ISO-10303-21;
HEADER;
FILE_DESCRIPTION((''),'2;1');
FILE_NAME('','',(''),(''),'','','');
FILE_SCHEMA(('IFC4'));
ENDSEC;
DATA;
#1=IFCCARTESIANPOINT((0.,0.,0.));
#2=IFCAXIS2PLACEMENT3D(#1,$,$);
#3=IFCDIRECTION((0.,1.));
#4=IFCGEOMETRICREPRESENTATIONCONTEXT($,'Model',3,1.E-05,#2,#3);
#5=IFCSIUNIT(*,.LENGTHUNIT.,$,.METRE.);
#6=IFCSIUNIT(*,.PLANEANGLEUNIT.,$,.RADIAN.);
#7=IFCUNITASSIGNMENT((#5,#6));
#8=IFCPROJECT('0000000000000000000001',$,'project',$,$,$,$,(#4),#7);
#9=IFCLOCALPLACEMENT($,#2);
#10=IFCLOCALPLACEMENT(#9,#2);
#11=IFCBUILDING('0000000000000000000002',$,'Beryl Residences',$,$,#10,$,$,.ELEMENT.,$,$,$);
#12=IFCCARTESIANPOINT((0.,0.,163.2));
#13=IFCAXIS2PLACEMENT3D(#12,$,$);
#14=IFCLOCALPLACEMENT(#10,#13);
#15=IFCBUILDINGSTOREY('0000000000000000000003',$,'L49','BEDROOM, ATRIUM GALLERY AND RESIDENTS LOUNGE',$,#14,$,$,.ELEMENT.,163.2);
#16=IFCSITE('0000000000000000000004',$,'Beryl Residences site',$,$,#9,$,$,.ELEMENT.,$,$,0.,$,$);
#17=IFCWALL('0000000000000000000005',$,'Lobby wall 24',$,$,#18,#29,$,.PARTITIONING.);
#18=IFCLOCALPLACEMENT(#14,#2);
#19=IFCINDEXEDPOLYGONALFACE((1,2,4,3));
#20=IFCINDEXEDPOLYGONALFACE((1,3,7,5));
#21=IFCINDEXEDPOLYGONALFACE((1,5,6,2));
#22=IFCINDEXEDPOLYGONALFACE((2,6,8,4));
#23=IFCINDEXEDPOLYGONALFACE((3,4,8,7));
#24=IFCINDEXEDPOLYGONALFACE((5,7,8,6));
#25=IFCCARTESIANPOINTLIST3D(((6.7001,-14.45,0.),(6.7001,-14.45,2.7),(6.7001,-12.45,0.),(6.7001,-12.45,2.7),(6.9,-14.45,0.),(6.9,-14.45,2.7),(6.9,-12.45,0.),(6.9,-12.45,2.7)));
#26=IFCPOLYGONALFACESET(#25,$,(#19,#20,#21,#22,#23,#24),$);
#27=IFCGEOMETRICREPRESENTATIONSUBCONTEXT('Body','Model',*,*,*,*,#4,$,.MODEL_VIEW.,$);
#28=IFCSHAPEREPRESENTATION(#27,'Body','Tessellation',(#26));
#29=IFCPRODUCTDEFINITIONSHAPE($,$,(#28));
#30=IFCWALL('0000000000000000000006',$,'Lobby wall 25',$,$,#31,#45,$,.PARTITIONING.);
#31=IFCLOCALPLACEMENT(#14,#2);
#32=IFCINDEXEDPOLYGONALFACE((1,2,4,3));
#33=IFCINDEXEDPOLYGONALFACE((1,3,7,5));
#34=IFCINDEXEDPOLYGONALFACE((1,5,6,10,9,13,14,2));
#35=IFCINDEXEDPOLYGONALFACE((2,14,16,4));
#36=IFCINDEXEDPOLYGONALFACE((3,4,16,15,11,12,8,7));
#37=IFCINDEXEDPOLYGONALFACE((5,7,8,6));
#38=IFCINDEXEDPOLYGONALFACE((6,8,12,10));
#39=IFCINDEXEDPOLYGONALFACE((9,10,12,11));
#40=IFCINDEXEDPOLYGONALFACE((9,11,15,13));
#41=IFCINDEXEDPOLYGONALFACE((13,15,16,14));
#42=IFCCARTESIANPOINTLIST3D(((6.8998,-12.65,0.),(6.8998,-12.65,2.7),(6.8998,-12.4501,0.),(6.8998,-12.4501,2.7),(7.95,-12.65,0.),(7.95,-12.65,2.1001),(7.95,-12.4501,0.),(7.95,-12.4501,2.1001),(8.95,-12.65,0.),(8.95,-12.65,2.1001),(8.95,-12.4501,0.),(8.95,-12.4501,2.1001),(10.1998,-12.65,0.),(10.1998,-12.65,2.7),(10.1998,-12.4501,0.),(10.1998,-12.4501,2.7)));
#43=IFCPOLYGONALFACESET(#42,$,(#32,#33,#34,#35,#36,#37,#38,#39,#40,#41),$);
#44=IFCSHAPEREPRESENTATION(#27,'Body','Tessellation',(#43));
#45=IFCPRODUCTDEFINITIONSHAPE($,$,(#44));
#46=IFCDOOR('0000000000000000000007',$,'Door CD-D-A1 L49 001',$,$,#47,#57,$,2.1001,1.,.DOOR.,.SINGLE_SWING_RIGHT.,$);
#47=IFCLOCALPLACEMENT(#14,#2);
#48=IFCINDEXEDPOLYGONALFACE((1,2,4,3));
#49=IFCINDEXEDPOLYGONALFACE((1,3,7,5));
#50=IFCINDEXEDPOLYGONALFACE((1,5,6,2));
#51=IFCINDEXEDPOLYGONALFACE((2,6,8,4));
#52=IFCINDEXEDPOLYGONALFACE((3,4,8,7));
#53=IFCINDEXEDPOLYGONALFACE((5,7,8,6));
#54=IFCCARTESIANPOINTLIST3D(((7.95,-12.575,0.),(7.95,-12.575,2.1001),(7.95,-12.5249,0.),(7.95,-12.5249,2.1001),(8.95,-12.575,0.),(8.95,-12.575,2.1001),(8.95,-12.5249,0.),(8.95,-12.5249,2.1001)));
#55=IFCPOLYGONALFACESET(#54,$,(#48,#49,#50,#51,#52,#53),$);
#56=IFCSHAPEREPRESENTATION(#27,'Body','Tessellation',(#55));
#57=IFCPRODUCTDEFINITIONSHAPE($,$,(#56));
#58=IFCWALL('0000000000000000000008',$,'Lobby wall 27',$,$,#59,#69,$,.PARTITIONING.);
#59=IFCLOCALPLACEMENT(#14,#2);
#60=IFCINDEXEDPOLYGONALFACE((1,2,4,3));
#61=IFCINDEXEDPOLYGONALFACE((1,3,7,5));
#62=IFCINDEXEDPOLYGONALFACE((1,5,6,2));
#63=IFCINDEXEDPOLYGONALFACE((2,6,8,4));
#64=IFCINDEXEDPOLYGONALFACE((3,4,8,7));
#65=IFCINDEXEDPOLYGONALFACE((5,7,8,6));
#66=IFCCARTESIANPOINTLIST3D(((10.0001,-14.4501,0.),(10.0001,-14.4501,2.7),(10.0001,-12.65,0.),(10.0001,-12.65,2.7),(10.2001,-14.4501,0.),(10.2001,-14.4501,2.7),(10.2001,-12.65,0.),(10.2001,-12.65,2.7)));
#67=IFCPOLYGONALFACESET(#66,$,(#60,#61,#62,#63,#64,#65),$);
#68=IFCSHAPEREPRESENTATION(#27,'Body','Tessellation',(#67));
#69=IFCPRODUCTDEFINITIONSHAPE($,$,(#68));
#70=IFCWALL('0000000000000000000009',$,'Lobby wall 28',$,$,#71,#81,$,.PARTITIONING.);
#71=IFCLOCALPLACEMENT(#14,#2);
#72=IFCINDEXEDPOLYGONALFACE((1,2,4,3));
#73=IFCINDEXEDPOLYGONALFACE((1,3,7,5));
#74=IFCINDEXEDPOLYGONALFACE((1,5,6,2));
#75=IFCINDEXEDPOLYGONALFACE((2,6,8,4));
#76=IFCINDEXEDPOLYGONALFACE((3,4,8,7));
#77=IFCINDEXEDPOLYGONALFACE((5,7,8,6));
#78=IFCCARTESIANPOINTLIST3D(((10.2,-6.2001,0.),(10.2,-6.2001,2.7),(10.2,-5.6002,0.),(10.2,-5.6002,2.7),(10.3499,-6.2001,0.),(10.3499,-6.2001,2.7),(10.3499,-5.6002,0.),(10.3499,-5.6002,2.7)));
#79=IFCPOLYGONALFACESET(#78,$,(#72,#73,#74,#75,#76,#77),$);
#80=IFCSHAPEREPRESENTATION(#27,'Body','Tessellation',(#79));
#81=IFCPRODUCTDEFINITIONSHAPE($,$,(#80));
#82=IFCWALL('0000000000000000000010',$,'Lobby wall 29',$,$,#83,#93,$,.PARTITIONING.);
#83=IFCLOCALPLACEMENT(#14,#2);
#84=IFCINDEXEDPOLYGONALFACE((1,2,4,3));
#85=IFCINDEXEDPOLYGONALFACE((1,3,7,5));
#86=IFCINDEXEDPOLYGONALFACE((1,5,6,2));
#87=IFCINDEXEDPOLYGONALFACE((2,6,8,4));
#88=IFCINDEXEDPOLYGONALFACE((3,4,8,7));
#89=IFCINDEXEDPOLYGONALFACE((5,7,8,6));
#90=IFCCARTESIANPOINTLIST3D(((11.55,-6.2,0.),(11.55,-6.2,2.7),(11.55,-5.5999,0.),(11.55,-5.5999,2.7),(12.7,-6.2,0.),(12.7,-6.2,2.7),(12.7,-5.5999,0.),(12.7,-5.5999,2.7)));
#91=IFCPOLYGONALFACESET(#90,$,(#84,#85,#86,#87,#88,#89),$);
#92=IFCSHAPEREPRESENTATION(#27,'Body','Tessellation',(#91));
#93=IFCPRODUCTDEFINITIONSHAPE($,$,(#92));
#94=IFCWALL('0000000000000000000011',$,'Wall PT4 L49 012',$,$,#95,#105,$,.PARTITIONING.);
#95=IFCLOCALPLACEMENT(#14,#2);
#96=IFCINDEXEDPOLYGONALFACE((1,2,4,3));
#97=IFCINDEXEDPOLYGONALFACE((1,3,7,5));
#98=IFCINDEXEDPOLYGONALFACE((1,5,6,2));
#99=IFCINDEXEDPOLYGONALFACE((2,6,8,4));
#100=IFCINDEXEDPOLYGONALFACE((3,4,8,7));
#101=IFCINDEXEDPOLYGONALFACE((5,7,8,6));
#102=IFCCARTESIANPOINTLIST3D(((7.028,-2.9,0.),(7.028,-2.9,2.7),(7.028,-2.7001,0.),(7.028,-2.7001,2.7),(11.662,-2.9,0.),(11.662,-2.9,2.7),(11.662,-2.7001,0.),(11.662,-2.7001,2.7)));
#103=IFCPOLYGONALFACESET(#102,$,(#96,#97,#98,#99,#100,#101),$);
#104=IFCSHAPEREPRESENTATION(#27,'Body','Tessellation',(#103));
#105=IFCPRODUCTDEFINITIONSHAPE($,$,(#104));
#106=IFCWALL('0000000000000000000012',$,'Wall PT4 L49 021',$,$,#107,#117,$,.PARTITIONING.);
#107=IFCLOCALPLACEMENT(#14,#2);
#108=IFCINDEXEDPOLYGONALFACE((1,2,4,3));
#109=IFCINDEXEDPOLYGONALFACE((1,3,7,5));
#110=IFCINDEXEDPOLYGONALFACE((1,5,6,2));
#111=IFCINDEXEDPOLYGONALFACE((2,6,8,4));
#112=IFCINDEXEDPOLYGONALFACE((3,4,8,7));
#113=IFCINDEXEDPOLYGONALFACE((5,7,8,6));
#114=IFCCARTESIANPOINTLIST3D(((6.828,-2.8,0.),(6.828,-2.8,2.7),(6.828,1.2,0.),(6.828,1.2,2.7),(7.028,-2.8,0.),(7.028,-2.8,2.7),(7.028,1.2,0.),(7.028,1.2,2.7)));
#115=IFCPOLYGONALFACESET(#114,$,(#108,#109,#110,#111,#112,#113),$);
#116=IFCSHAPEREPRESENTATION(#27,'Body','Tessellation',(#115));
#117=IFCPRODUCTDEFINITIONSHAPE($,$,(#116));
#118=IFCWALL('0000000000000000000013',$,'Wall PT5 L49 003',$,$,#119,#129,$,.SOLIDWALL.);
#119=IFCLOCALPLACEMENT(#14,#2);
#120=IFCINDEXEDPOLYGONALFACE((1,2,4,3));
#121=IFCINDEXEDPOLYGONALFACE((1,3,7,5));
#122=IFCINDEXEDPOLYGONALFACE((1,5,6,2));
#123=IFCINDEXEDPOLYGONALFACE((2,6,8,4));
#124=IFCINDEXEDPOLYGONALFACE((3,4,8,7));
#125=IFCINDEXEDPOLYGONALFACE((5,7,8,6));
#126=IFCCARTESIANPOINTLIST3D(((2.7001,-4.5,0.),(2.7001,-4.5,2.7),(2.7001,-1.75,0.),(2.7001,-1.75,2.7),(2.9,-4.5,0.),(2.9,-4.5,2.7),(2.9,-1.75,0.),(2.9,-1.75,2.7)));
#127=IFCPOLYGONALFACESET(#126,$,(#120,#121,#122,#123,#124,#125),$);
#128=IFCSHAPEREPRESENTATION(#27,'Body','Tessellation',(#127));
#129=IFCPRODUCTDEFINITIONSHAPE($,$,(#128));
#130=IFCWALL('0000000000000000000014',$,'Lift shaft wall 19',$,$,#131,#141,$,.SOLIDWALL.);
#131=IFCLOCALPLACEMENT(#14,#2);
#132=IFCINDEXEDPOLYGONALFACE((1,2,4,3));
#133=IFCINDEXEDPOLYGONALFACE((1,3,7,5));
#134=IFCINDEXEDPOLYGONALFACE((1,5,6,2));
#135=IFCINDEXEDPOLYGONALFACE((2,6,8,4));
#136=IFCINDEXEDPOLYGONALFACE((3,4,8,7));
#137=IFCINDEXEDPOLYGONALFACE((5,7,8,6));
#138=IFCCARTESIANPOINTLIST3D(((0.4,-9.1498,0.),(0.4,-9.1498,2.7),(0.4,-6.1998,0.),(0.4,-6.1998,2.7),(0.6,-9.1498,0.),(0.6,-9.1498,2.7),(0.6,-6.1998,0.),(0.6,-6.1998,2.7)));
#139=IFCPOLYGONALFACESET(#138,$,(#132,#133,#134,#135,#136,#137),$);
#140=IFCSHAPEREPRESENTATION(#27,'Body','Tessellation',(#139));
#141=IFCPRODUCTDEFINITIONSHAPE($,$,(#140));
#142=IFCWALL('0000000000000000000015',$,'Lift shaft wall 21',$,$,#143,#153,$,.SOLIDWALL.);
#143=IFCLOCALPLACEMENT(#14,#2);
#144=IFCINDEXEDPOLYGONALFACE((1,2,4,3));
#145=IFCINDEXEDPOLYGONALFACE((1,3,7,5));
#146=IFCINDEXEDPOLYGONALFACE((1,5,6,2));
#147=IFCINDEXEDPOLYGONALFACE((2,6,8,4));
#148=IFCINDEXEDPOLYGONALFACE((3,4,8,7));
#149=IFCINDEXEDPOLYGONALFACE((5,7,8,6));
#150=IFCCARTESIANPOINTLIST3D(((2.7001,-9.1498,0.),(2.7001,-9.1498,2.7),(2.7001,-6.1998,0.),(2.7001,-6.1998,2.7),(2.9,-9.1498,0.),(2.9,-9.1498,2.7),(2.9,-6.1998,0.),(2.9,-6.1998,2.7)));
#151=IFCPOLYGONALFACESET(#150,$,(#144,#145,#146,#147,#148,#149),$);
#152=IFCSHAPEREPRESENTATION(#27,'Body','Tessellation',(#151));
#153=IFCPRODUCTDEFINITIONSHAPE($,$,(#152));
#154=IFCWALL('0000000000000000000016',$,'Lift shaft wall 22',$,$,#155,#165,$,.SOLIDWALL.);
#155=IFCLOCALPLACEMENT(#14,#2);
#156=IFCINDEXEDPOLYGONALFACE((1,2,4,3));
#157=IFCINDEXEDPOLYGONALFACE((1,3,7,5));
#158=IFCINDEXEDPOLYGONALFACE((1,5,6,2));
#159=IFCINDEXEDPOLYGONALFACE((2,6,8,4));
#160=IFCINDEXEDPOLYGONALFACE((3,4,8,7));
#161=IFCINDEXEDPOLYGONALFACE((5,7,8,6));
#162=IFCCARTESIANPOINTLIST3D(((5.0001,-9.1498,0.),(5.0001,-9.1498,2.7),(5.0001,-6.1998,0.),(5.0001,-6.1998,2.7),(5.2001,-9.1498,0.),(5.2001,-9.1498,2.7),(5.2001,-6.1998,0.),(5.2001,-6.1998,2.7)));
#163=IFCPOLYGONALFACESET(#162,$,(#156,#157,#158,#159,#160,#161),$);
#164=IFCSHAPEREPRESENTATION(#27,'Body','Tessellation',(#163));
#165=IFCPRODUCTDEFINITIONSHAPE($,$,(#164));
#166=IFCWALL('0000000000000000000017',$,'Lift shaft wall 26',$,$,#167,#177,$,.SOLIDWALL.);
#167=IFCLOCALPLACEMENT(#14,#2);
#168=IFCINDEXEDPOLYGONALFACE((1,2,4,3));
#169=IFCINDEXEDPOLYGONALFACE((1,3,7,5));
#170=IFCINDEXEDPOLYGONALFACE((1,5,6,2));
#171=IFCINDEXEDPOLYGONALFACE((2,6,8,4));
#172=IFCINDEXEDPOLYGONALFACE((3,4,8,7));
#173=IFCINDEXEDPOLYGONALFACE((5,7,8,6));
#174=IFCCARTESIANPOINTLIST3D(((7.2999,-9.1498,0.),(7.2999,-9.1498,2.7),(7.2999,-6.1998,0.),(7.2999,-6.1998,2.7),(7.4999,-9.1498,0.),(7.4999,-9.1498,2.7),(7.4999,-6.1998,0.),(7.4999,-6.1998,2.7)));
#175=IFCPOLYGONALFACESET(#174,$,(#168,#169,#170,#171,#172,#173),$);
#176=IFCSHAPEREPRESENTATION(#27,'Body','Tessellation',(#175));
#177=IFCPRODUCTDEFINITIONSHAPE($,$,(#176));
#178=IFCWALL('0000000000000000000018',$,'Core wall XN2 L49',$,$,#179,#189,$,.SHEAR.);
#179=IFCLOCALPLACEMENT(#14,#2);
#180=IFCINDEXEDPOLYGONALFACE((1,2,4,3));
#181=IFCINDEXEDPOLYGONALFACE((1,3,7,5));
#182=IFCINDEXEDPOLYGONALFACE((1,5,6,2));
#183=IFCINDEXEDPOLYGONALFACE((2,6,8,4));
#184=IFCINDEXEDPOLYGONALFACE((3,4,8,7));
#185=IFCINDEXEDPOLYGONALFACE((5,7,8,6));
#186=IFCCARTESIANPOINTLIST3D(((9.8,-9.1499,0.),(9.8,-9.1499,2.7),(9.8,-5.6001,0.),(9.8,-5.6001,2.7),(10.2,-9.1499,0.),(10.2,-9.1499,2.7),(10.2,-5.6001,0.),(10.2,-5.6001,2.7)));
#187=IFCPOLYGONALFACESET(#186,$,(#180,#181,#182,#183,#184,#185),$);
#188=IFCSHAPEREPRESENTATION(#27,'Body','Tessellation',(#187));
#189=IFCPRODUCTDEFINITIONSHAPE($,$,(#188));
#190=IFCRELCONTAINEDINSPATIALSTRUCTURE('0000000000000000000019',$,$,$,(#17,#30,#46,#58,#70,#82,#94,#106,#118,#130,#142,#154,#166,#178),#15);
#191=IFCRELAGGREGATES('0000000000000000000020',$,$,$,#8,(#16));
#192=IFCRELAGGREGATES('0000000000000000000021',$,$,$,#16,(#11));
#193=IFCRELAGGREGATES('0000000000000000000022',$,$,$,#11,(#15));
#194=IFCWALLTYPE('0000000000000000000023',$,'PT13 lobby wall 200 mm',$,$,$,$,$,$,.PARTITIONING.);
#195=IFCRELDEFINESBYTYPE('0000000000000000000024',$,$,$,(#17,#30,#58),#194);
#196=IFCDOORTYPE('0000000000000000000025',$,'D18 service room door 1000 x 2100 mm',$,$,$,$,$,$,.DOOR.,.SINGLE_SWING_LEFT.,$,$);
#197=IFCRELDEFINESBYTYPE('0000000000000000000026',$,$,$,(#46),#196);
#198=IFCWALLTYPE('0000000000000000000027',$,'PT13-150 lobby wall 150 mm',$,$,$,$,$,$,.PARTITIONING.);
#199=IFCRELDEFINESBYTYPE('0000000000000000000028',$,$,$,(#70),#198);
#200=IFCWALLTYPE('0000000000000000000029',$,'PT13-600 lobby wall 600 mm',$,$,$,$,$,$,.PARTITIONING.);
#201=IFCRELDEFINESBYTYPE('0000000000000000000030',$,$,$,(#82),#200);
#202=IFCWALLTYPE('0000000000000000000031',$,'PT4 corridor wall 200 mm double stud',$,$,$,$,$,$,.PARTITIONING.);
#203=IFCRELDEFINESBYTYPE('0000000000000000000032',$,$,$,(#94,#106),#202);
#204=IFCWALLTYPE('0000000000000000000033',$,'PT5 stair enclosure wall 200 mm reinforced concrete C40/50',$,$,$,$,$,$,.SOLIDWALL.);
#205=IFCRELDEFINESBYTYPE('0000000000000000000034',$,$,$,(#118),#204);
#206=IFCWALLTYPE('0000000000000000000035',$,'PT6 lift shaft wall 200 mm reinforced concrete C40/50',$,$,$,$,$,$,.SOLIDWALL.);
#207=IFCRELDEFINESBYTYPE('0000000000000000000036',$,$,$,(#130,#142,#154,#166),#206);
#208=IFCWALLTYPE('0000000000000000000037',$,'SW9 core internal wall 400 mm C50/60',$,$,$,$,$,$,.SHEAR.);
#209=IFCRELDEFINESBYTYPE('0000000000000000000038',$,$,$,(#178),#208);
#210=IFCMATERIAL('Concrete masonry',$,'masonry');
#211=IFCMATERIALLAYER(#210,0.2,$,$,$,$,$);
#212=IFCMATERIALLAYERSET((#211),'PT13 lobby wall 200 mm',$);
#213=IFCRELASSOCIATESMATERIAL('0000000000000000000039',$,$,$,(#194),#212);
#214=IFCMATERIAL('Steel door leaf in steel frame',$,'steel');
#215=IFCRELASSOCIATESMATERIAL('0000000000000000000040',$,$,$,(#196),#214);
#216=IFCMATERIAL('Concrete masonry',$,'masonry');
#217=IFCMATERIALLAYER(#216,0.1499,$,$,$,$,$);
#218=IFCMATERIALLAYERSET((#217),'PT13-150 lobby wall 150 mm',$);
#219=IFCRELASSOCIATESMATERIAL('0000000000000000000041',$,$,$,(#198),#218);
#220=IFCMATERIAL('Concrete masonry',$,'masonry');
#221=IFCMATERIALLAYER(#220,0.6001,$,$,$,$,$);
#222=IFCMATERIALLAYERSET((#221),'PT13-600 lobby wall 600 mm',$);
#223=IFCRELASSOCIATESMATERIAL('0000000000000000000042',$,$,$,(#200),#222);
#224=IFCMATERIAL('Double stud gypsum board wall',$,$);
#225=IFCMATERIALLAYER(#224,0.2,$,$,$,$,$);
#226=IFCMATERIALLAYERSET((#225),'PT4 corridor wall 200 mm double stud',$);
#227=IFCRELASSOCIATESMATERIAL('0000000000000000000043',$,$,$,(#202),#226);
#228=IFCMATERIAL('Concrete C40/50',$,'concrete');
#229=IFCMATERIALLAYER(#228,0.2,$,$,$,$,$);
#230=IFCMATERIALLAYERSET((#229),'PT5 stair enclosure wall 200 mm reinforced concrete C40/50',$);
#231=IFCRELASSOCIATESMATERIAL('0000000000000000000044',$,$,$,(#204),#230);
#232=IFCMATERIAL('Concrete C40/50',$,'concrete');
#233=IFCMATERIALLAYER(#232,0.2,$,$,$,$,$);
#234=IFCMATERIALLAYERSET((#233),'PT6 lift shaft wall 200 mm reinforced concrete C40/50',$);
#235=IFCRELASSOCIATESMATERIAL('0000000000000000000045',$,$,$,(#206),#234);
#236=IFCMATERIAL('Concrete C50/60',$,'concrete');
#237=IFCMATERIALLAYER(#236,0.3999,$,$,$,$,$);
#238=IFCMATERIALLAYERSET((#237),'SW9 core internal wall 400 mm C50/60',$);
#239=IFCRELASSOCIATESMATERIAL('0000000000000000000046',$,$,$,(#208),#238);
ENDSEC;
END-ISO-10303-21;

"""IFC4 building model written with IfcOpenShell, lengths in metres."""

from ifc_helpers import new_model, si_unit, direction, frame, frame_2d, origin, place, context, subcontext, project, spatial, rectangle, extrude, material, layer, layer_set, type_object, element, fill, save


model = new_model("IFC4")

# Units and contexts
model_context = context("Model", 3, precision=1e-05, world=origin(), true_north=direction((0.0, 1.0)))
body_context = subcontext(model_context, "Body", "Model", "MODEL_VIEW")
ifc_project = project(units=[si_unit("LENGTHUNIT", "METRE"), si_unit("PLANEANGLEUNIT", "RADIAN")], contexts=[model_context])

# Site, building, storey
site_placement = place(None, origin())
site = spatial("IfcSite", under=ifc_project, at=site_placement, Name="Beryl Residences site", CompositionType="ELEMENT", RefElevation=0.0)
building_placement = place(site_placement, origin())
building = spatial("IfcBuilding", under=site, at=building_placement, Name="Beryl Residences", CompositionType="ELEMENT")
storey_placement = place(building_placement, frame((0.0, 0.0, 163.2)))
storey = spatial("IfcBuildingStorey", under=building, at=storey_placement, Name="L49", Description="BEDROOM, ATRIUM GALLERY AND RESIDENTS LOUNGE", CompositionType="ELEMENT", Elevation=163.2)

# Wall
ifc_material_1 = material(Name="Concrete masonry", Category="masonry")
ifc_layer_1 = layer(ifc_material_1, 0.2)
ifc_layer_set_1 = layer_set([ifc_layer_1], Name="PT13 lobby wall 200 mm")
wall_type_1 = type_object("IfcWallType", Name="PT13 lobby wall 200 mm", PredefinedType="PARTITIONING", material=ifc_layer_set_1)
wall_1_placement = place(storey_placement, frame((6.8, -14.45, 0.0), z_axis=(0.0, 0.0, 1.0), x_axis=(0.0, 1.0, 0.0)))
element("IfcWall", 1, at=wall_1_placement, inside=storey, type_object=wall_type_1, Name="Lobby wall 24", PredefinedType="PARTITIONING", context=body_context, shape_type="SweptSolid", body=[
    extrude(rectangle(XDim=2.0, YDim=0.2, at=frame_2d((1.0, 0.0))), origin(), (0.0, 0.0, 1.0), 2.7),
])

# Wall, opening, door
wall_2_placement = place(storey_placement, frame((6.8999, -12.55, 0.0), z_axis=(0.0, 0.0, 1.0), x_axis=(1.0, 0.0, 0.0)))
wall_2 = element("IfcWall", 2, at=wall_2_placement, inside=storey, type_object=wall_type_1, Name="Lobby wall 25", PredefinedType="PARTITIONING", context=body_context, shape_type="SweptSolid", body=[
    extrude(rectangle(XDim=3.3, YDim=0.2, at=frame_2d((1.6499, 0.0))), origin(), (0.0, 0.0, 1.0), 2.7),
])
opening_placement = place(wall_2_placement, frame((2.05, 0.0, 0.0), z_axis=(0.0, 0.0, 1.0), x_axis=(-1.0, 0.0, 0.0)))
opening = element("IfcOpeningElement", 3, at=opening_placement, cuts=wall_2, PredefinedType="OPENING", context=body_context, shape_type="SweptSolid", body=[
    extrude(rectangle(XDim=1.0, YDim=2.1001, at=frame_2d((0.5, 1.05))), frame((0.0, 0.1099, 0.0), z_axis=(0.0, -1.0, 0.0), x_axis=(1.0, 0.0, 0.0)), (0.0, 0.0, 1.0), 0.22),
])
ifc_material_2 = material(Name="Steel door leaf in steel frame", Category="steel")
door_type = type_object("IfcDoorType", Name="D18 service room door 1000 x 2100 mm", OperationType="SINGLE_SWING_LEFT", PredefinedType="DOOR", material=ifc_material_2)
door_placement = place(opening_placement, origin())
door = element("IfcDoor", 4, at=door_placement, inside=storey, type_object=door_type, Name="Door CD-D-A1 L49 001", OperationType="SINGLE_SWING_RIGHT", OverallHeight=2.1001, OverallWidth=1.0, PredefinedType="DOOR", context=body_context, shape_type="SweptSolid", body=[
    extrude(rectangle(XDim=1.0, YDim=2.1001, at=frame_2d((0.5, 1.05))), frame((0.0, 0.0249, 0.0), z_axis=(0.0, -1.0, 0.0), x_axis=(1.0, 0.0, 0.0)), (0.0, 0.0, 1.0), 0.05),
])
fill(opening, door)

# Walls
wall_3_placement = place(storey_placement, frame((10.1001, -14.45, 0.0), z_axis=(0.0, 0.0, 1.0), x_axis=(0.0, 1.0, 0.0)))
element("IfcWall", 5, at=wall_3_placement, inside=storey, type_object=wall_type_1, Name="Lobby wall 27", PredefinedType="PARTITIONING", context=body_context, shape_type="SweptSolid", body=[
    extrude(rectangle(XDim=1.8, YDim=0.2, at=frame_2d((0.8999, 0.0))), origin(), (0.0, 0.0, 1.0), 2.7),
])
ifc_material_3 = material(Name="Concrete masonry", Category="masonry")
ifc_layer_2 = layer(ifc_material_3, 0.1499)
ifc_layer_set_2 = layer_set([ifc_layer_2], Name="PT13-150 lobby wall 150 mm")
wall_type_2 = type_object("IfcWallType", Name="PT13-150 lobby wall 150 mm", PredefinedType="PARTITIONING", material=ifc_layer_set_2)
wall_4_placement = place(storey_placement, frame((10.2749, -6.2, 0.0), z_axis=(0.0, 0.0, 1.0), x_axis=(0.0, 1.0, 0.0)))
element("IfcWall", 6, at=wall_4_placement, inside=storey, type_object=wall_type_2, Name="Lobby wall 28", PredefinedType="PARTITIONING", context=body_context, shape_type="SweptSolid", body=[
    extrude(rectangle(XDim=0.5999, YDim=0.1499, at=frame_2d((0.2998, 0.0))), origin(), (0.0, 0.0, 1.0), 2.7),
])
ifc_material_4 = material(Name="Concrete masonry", Category="masonry")
ifc_layer_3 = layer(ifc_material_4, 0.6001)
ifc_layer_set_3 = layer_set([ifc_layer_3], Name="PT13-600 lobby wall 600 mm")
wall_type_3 = type_object("IfcWallType", Name="PT13-600 lobby wall 600 mm", PredefinedType="PARTITIONING", material=ifc_layer_set_3)
wall_5_placement = place(storey_placement, frame((11.55, -5.8999, 0.0), z_axis=(0.0, 0.0, 1.0), x_axis=(1.0, 0.0, 0.0)))
element("IfcWall", 7, at=wall_5_placement, inside=storey, type_object=wall_type_3, Name="Lobby wall 29", PredefinedType="PARTITIONING", context=body_context, shape_type="SweptSolid", body=[
    extrude(rectangle(XDim=1.1499, YDim=0.6001, at=frame_2d((0.575, 0.0))), origin(), (0.0, 0.0, 1.0), 2.7),
])
ifc_material_5 = material(Name="Double stud gypsum board wall")
ifc_layer_4 = layer(ifc_material_5, 0.2)
ifc_layer_set_4 = layer_set([ifc_layer_4], Name="PT4 corridor wall 200 mm double stud")
wall_type_4 = type_object("IfcWallType", Name="PT4 corridor wall 200 mm double stud", PredefinedType="PARTITIONING", material=ifc_layer_set_4)
wall_6_placement = place(storey_placement, frame((7.0281, -2.8, 0.0), z_axis=(0.0, 0.0, 1.0), x_axis=(1.0, 0.0, 0.0)))
element("IfcWall", 8, at=wall_6_placement, inside=storey, type_object=wall_type_4, Name="Wall PT4 L49 012", PredefinedType="PARTITIONING", context=body_context, shape_type="SweptSolid", body=[
    extrude(rectangle(XDim=4.634, YDim=0.2, at=frame_2d((2.3169, 0.0))), origin(), (0.0, 0.0, 1.0), 2.7),
])
wall_7_placement = place(storey_placement, frame((6.928, -2.8, 0.0), z_axis=(0.0, 0.0, 1.0), x_axis=(0.0, 1.0, 0.0)))
element("IfcWall", 9, at=wall_7_placement, inside=storey, type_object=wall_type_4, Name="Wall PT4 L49 021", PredefinedType="PARTITIONING", context=body_context, shape_type="SweptSolid", body=[
    extrude(rectangle(XDim=4.0, YDim=0.2, at=frame_2d((2.0, 0.0))), origin(), (0.0, 0.0, 1.0), 2.7),
])
ifc_material_6 = material(Name="Concrete C40/50", Category="concrete")
ifc_layer_5 = layer(ifc_material_6, 0.2)
ifc_layer_set_5 = layer_set([ifc_layer_5], Name="PT5 stair enclosure wall 200 mm reinforced concrete C40/50")
wall_type_5 = type_object("IfcWallType", Name="PT5 stair enclosure wall 200 mm reinforced concrete C40/50", PredefinedType="SOLIDWALL", material=ifc_layer_set_5)
wall_8_placement = place(storey_placement, frame((2.8, -4.5, 0.0), z_axis=(0.0, 0.0, 1.0), x_axis=(0.0, 1.0, 0.0)))
element("IfcWall", 10, at=wall_8_placement, inside=storey, type_object=wall_type_5, Name="Wall PT5 L49 003", PredefinedType="SOLIDWALL", context=body_context, shape_type="SweptSolid", body=[
    extrude(rectangle(XDim=2.75, YDim=0.2, at=frame_2d((1.375, 0.0))), origin(), (0.0, 0.0, 1.0), 2.7),
])
ifc_material_7 = material(Name="Concrete C40/50", Category="concrete")
ifc_layer_6 = layer(ifc_material_7, 0.2)
ifc_layer_set_6 = layer_set([ifc_layer_6], Name="PT6 lift shaft wall 200 mm reinforced concrete C40/50")
wall_type_6 = type_object("IfcWallType", Name="PT6 lift shaft wall 200 mm reinforced concrete C40/50", PredefinedType="SOLIDWALL", material=ifc_layer_set_6)
for number, where, z_axis, x_axis, name in (
    (11, (0.5, -9.1499, 0.0), (0.0, 0.0, 1.0), (0.0, 1.0, 0.0), "Lift shaft wall 19"),
    (12, (2.8, -9.1499, 0.0), (0.0, 0.0, 1.0), (0.0, 1.0, 0.0), "Lift shaft wall 21"),
    (13, (5.1001, -9.1499, 0.0), (0.0, 0.0, 1.0), (0.0, 1.0, 0.0), "Lift shaft wall 22"),
    (14, (7.3999, -9.1499, 0.0), (0.0, 0.0, 1.0), (0.0, 1.0, 0.0), "Lift shaft wall 26"),
):
    element("IfcWall", number, at=place(storey_placement, frame(where, z_axis=z_axis, x_axis=x_axis)), inside=storey, type_object=wall_type_6, Name=name, PredefinedType="SOLIDWALL", context=body_context, shape_type="SweptSolid", body=[
        extrude(rectangle(XDim=2.95, YDim=0.2, at=frame_2d((1.4751, 0.0))), origin(), (0.0, 0.0, 1.0), 2.7),
    ])
ifc_material_8 = material(Name="Concrete C50/60", Category="concrete")
ifc_layer_7 = layer(ifc_material_8, 0.3999)
ifc_layer_set_7 = layer_set([ifc_layer_7], Name="SW9 core internal wall 400 mm C50/60")
wall_type_7 = type_object("IfcWallType", Name="SW9 core internal wall 400 mm C50/60", PredefinedType="SHEAR", material=ifc_layer_set_7)
wall_9_placement = place(storey_placement, frame((10.0, -9.1499, 0.0), z_axis=(0.0, 0.0, 1.0), x_axis=(0.0, 1.0, 0.0)))
element("IfcWall", 15, at=wall_9_placement, inside=storey, type_object=wall_type_7, Name="Core wall XN2 L49", PredefinedType="SHEAR", context=body_context, shape_type="SweptSolid", body=[
    extrude(rectangle(XDim=3.5498, YDim=0.3999, at=frame_2d((1.7749, 0.0))), origin(), (0.0, 0.0, 1.0), 2.7),
])

save(model, "model.ifc")
